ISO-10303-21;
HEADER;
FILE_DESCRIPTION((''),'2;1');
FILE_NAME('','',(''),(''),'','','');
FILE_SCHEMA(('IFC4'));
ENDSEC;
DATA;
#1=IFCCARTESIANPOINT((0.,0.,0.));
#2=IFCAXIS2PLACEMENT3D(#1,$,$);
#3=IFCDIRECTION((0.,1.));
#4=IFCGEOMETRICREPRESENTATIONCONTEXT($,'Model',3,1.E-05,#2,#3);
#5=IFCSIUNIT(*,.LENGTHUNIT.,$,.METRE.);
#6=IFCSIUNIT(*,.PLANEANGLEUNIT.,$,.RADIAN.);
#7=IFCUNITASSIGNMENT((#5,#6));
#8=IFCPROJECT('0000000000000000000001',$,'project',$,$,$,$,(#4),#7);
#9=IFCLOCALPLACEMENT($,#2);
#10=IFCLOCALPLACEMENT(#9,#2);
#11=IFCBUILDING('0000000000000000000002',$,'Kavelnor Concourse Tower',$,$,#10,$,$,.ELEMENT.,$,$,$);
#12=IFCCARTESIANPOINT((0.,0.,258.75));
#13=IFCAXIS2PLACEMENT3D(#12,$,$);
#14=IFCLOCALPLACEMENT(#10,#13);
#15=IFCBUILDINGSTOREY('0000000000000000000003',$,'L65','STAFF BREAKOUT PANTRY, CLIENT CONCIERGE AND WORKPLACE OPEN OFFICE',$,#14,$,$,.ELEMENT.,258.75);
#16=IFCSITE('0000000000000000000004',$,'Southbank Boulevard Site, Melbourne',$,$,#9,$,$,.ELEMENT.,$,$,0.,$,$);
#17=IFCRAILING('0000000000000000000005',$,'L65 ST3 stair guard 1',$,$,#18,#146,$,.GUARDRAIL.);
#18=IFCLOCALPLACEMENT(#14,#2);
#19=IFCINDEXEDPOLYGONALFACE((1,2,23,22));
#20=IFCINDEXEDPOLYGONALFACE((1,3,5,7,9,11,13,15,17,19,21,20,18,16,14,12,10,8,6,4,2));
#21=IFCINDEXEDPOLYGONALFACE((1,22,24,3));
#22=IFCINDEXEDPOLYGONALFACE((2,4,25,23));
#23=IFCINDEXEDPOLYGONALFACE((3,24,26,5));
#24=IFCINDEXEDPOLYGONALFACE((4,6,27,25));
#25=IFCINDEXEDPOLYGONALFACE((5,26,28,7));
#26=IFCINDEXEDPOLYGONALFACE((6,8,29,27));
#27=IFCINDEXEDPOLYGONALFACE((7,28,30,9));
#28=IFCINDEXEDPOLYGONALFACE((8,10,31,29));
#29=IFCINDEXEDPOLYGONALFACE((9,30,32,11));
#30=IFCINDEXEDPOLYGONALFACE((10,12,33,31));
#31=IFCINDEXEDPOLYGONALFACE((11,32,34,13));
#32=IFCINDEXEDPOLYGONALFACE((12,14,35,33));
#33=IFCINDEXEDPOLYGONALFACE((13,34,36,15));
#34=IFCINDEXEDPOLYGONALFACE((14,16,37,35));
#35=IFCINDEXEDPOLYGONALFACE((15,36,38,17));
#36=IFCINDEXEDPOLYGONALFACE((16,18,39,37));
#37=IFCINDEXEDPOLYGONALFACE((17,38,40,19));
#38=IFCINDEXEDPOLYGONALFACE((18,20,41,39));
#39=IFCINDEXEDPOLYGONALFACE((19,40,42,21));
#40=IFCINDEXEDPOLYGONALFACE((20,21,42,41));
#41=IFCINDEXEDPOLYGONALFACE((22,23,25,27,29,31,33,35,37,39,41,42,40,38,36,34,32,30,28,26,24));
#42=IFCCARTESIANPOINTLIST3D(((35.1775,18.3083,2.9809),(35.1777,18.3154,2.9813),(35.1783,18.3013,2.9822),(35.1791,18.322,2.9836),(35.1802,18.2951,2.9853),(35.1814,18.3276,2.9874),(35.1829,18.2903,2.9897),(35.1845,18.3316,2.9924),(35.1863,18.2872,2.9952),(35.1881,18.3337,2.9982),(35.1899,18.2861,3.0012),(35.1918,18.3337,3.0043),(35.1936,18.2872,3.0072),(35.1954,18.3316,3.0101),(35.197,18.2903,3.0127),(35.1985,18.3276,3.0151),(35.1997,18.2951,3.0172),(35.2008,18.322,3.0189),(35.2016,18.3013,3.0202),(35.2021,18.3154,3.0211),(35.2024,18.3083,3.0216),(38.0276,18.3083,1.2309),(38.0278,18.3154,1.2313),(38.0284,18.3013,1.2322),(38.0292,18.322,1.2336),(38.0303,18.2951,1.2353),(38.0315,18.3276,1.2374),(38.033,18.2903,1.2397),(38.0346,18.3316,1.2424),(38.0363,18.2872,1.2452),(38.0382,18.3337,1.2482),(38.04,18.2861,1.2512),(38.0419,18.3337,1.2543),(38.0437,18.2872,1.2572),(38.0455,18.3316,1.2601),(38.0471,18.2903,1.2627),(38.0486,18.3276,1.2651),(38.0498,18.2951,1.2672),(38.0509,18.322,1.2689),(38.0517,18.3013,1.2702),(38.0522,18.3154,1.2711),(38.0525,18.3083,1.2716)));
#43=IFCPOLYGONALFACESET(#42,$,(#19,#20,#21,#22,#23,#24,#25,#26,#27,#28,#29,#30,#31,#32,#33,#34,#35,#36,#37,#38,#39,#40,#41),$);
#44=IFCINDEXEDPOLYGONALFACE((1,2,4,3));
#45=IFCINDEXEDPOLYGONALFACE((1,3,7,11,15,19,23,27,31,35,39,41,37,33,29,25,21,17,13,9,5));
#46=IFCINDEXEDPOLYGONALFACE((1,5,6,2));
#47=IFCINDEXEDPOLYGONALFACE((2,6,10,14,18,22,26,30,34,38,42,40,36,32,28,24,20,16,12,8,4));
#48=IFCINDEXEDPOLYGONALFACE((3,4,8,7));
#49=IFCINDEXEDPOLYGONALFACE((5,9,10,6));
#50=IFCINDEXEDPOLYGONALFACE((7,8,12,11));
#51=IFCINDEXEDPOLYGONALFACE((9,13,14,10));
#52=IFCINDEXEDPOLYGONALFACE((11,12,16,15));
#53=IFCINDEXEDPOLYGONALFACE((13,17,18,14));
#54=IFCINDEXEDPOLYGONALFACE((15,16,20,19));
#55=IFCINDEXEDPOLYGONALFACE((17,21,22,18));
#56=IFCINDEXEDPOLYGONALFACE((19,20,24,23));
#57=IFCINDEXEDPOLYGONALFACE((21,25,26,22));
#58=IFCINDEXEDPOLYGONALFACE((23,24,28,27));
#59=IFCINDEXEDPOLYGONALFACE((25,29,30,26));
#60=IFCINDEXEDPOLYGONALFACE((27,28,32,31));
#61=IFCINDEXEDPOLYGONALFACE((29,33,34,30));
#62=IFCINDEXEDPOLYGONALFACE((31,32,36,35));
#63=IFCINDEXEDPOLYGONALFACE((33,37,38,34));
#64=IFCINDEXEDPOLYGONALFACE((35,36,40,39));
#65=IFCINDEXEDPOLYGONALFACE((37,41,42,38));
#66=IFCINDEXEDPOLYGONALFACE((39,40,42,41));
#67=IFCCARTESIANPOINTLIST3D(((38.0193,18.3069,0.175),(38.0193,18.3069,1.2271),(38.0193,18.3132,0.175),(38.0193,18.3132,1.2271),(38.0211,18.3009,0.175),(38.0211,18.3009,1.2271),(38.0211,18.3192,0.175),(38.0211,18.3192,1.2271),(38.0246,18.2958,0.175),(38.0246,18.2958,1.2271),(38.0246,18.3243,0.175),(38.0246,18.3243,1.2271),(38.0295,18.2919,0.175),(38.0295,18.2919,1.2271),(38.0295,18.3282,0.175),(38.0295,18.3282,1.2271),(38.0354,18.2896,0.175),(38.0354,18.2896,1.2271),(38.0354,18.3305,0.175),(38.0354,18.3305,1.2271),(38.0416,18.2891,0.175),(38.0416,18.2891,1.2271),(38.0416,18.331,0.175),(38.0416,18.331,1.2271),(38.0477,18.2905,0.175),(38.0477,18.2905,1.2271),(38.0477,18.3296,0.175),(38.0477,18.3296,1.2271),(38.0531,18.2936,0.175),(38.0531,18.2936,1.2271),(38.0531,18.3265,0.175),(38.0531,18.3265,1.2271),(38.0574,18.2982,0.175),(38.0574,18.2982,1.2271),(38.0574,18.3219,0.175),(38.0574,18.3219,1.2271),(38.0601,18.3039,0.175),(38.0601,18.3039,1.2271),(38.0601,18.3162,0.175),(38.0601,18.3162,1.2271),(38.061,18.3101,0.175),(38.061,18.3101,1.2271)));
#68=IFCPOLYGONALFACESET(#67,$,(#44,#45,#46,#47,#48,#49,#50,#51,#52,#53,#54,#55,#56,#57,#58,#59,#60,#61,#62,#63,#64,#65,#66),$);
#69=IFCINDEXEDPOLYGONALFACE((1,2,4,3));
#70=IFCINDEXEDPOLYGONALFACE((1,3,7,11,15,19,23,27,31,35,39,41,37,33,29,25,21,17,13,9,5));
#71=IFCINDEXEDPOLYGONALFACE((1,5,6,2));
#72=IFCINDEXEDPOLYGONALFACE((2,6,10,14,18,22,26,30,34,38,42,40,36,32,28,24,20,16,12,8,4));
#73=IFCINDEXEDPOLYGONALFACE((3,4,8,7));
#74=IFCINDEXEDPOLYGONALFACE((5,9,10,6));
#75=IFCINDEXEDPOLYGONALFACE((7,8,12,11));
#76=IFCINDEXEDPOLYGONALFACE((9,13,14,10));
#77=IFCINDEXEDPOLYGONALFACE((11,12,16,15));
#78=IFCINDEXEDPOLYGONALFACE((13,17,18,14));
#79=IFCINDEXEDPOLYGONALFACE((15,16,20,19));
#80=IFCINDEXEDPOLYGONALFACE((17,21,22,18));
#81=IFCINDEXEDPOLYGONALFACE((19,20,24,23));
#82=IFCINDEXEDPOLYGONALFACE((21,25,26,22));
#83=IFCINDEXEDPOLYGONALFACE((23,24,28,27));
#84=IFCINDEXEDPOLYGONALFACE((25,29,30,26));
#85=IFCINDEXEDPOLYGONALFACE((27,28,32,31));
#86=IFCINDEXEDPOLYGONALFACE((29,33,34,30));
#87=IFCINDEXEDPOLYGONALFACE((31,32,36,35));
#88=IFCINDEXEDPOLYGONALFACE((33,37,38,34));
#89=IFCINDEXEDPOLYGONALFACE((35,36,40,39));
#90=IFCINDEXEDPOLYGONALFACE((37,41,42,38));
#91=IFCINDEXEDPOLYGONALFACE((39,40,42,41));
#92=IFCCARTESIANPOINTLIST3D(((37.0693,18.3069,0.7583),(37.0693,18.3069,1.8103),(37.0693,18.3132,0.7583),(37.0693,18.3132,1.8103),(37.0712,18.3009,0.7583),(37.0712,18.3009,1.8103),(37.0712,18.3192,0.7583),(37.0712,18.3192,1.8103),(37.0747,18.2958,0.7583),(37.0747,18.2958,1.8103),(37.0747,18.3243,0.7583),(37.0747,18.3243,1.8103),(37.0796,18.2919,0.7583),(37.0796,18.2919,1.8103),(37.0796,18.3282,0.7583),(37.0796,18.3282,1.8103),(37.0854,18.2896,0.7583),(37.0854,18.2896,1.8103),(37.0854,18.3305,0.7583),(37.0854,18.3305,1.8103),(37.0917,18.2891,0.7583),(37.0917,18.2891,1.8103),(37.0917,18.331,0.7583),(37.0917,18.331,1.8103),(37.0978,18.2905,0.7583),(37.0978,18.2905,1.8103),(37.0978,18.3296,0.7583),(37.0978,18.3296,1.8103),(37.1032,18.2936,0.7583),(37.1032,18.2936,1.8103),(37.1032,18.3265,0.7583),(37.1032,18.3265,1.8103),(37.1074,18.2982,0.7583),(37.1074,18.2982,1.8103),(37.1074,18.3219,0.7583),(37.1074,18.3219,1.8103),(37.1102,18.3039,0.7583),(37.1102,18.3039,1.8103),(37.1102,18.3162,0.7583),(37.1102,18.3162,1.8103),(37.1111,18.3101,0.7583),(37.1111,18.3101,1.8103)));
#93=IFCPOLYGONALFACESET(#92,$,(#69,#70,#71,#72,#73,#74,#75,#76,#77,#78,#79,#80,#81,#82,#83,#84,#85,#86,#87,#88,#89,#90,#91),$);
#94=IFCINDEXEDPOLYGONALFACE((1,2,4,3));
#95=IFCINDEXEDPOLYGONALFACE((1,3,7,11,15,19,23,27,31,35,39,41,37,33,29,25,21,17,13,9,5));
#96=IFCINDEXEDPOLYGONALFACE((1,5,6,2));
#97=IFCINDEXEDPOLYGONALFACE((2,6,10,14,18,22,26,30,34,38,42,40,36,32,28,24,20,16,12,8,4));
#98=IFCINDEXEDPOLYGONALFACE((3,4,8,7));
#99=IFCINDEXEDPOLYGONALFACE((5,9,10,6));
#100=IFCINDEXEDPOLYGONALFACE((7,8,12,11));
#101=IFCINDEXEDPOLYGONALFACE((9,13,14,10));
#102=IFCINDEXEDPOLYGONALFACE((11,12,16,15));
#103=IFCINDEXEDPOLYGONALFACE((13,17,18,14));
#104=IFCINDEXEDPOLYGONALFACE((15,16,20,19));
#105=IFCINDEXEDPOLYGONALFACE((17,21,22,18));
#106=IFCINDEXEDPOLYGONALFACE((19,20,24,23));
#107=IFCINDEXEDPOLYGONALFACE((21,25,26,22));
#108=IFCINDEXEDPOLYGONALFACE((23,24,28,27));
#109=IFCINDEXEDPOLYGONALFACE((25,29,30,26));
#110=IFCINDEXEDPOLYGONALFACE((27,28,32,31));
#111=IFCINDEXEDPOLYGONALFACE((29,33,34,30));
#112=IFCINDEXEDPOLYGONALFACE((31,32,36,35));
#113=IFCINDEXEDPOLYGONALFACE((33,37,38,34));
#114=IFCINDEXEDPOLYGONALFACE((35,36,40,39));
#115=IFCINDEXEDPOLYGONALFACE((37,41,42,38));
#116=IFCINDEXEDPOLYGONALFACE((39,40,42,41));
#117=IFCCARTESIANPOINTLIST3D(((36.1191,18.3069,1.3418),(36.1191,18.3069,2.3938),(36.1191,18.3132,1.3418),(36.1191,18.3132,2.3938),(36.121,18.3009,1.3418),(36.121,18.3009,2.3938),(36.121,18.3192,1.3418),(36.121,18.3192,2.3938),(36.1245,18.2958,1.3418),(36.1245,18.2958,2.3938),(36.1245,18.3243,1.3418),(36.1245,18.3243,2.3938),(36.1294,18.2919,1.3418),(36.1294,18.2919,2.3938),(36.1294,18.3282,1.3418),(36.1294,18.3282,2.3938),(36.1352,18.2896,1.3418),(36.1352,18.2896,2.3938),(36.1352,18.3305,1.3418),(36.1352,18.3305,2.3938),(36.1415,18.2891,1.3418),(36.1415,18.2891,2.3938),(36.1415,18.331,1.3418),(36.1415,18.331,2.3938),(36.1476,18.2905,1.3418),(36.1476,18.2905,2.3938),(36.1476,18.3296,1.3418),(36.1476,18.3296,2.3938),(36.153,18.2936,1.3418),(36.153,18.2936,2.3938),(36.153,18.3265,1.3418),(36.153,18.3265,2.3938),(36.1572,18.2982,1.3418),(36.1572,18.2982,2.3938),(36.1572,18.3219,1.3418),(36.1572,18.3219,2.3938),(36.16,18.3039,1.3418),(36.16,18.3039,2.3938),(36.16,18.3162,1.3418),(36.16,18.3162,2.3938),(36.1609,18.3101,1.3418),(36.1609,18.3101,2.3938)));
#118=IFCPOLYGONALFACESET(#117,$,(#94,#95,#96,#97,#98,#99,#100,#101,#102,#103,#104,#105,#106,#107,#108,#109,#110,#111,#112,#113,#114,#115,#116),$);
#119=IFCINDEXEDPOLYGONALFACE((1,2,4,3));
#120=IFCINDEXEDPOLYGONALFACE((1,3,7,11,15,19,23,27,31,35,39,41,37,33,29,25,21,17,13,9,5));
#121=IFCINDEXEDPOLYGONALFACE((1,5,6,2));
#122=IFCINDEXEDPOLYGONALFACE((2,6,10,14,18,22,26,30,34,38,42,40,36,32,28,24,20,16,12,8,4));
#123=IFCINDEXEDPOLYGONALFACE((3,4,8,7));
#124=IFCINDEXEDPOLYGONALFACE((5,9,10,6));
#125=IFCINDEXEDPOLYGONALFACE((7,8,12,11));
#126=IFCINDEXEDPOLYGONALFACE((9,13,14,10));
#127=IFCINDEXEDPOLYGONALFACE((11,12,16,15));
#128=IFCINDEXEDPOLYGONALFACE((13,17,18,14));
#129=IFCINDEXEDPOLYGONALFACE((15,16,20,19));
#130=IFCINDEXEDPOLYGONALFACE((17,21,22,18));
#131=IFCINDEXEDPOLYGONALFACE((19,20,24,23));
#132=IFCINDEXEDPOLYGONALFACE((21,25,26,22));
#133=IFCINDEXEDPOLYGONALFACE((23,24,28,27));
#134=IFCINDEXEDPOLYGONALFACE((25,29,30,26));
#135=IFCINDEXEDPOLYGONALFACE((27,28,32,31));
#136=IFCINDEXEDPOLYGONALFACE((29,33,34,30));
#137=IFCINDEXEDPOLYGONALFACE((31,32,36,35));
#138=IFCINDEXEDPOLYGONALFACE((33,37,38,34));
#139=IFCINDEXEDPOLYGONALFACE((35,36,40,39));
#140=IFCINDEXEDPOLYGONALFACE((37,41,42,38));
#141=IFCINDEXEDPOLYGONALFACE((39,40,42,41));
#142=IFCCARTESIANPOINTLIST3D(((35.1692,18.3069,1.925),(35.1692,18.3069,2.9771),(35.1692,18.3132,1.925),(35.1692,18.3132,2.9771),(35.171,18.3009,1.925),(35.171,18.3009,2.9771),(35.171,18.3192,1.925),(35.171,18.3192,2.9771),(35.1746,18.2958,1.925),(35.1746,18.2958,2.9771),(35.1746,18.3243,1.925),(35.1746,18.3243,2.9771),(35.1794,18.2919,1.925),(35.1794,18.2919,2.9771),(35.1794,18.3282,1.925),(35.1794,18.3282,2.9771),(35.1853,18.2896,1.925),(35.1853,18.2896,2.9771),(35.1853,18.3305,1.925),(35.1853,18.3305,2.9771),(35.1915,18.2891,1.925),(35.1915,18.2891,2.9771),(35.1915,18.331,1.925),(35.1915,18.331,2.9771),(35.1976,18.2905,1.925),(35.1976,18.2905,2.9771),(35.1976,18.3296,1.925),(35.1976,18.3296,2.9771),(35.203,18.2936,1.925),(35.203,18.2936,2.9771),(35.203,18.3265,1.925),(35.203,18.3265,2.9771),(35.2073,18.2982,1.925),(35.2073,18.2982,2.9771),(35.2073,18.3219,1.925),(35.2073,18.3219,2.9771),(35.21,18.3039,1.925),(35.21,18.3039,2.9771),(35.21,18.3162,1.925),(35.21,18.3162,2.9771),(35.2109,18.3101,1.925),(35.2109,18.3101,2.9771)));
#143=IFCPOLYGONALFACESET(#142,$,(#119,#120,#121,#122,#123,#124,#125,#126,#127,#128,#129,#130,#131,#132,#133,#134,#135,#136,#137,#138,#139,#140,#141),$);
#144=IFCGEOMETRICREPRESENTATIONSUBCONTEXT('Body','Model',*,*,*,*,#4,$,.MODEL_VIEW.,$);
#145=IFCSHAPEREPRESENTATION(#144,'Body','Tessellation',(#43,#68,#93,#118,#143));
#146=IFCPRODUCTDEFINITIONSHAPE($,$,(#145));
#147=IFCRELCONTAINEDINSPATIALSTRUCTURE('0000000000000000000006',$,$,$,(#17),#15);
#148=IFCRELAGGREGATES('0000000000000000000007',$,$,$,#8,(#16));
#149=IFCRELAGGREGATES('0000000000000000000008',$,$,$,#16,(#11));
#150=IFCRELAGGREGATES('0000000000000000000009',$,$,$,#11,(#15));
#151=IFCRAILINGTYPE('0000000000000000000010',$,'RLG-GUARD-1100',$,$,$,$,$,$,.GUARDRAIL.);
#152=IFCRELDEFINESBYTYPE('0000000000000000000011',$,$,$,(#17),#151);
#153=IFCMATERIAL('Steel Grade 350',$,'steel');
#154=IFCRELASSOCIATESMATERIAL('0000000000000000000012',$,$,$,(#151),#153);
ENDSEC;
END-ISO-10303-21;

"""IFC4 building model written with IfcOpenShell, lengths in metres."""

from ifc_helpers import new_model, si_unit, direction, frame, origin, origin_2d, place, context, subcontext, project, spatial, circle, extrude, material, type_object, element, save


model = new_model("IFC4")

# Units and contexts
model_context = context("Model", 3, precision=1e-05, world=origin(), true_north=direction((0.0, 1.0)))
body_context = subcontext(model_context, "Body", "Model", "MODEL_VIEW")
ifc_project = project(units=[si_unit("LENGTHUNIT", "METRE"), si_unit("PLANEANGLEUNIT", "RADIAN")], contexts=[model_context])

# Site, building, storey
site_placement = place(None, origin())
site = spatial("IfcSite", under=ifc_project, at=site_placement, Name="Southbank Boulevard Site, Melbourne", CompositionType="ELEMENT", RefElevation=0.0)
building_placement = place(site_placement, origin())
building = spatial("IfcBuilding", under=site, at=building_placement, Name="Kavelnor Concourse Tower", CompositionType="ELEMENT")
storey_placement = place(building_placement, frame((0.0, 0.0, 258.75)))
storey = spatial("IfcBuildingStorey", under=building, at=storey_placement, Name="L65", Description="STAFF BREAKOUT PANTRY, CLIENT CONCIERGE AND WORKPLACE OPEN OFFICE", CompositionType="ELEMENT", Elevation=258.75)

# Shared definitions
ifc_material_1 = material(Name="Steel Grade 350", Category="steel")

# Railing
railing_type_1 = type_object("IfcRailingType", Name="RLG-GUARD-1100", PredefinedType="GUARDRAIL", material=ifc_material_1)
railing_1_placement = place(storey_placement, frame((38.04, 18.3101, 0.175)))
element("IfcRailing", 1, at=railing_1_placement, inside=storey, type_object=railing_type_1, Name="L65 ST3 stair guard 1", PredefinedType="GUARDRAIL", context=body_context, shape_type="SweptSolid", body=[
    extrude(circle(Radius=0.0239, at=origin_2d()), frame((0.0, 0.0, 1.0762), z_axis=(-0.852179, 0.0, 0.52325), x_axis=(0.0, -1.0, 0.0)), (0.0, 0.0, 1.0), 3.3445),
    extrude(circle(Radius=0.021, at=origin_2d()), origin(), (0.0, 0.0, 1.0), 1.052),
    extrude(circle(Radius=0.021, at=origin_2d()), frame((-0.95, 0.0, 0.5833)), (0.0, 0.0, 1.0), 1.052),
    extrude(circle(Radius=0.021, at=origin_2d()), frame((-1.9001, 0.0, 1.1667)), (0.0, 0.0, 1.0), 1.052),
    extrude(circle(Radius=0.021, at=origin_2d()), frame((-2.8501, 0.0, 1.75)), (0.0, 0.0, 1.0), 1.052),
])

save(model, "model.ifc")
